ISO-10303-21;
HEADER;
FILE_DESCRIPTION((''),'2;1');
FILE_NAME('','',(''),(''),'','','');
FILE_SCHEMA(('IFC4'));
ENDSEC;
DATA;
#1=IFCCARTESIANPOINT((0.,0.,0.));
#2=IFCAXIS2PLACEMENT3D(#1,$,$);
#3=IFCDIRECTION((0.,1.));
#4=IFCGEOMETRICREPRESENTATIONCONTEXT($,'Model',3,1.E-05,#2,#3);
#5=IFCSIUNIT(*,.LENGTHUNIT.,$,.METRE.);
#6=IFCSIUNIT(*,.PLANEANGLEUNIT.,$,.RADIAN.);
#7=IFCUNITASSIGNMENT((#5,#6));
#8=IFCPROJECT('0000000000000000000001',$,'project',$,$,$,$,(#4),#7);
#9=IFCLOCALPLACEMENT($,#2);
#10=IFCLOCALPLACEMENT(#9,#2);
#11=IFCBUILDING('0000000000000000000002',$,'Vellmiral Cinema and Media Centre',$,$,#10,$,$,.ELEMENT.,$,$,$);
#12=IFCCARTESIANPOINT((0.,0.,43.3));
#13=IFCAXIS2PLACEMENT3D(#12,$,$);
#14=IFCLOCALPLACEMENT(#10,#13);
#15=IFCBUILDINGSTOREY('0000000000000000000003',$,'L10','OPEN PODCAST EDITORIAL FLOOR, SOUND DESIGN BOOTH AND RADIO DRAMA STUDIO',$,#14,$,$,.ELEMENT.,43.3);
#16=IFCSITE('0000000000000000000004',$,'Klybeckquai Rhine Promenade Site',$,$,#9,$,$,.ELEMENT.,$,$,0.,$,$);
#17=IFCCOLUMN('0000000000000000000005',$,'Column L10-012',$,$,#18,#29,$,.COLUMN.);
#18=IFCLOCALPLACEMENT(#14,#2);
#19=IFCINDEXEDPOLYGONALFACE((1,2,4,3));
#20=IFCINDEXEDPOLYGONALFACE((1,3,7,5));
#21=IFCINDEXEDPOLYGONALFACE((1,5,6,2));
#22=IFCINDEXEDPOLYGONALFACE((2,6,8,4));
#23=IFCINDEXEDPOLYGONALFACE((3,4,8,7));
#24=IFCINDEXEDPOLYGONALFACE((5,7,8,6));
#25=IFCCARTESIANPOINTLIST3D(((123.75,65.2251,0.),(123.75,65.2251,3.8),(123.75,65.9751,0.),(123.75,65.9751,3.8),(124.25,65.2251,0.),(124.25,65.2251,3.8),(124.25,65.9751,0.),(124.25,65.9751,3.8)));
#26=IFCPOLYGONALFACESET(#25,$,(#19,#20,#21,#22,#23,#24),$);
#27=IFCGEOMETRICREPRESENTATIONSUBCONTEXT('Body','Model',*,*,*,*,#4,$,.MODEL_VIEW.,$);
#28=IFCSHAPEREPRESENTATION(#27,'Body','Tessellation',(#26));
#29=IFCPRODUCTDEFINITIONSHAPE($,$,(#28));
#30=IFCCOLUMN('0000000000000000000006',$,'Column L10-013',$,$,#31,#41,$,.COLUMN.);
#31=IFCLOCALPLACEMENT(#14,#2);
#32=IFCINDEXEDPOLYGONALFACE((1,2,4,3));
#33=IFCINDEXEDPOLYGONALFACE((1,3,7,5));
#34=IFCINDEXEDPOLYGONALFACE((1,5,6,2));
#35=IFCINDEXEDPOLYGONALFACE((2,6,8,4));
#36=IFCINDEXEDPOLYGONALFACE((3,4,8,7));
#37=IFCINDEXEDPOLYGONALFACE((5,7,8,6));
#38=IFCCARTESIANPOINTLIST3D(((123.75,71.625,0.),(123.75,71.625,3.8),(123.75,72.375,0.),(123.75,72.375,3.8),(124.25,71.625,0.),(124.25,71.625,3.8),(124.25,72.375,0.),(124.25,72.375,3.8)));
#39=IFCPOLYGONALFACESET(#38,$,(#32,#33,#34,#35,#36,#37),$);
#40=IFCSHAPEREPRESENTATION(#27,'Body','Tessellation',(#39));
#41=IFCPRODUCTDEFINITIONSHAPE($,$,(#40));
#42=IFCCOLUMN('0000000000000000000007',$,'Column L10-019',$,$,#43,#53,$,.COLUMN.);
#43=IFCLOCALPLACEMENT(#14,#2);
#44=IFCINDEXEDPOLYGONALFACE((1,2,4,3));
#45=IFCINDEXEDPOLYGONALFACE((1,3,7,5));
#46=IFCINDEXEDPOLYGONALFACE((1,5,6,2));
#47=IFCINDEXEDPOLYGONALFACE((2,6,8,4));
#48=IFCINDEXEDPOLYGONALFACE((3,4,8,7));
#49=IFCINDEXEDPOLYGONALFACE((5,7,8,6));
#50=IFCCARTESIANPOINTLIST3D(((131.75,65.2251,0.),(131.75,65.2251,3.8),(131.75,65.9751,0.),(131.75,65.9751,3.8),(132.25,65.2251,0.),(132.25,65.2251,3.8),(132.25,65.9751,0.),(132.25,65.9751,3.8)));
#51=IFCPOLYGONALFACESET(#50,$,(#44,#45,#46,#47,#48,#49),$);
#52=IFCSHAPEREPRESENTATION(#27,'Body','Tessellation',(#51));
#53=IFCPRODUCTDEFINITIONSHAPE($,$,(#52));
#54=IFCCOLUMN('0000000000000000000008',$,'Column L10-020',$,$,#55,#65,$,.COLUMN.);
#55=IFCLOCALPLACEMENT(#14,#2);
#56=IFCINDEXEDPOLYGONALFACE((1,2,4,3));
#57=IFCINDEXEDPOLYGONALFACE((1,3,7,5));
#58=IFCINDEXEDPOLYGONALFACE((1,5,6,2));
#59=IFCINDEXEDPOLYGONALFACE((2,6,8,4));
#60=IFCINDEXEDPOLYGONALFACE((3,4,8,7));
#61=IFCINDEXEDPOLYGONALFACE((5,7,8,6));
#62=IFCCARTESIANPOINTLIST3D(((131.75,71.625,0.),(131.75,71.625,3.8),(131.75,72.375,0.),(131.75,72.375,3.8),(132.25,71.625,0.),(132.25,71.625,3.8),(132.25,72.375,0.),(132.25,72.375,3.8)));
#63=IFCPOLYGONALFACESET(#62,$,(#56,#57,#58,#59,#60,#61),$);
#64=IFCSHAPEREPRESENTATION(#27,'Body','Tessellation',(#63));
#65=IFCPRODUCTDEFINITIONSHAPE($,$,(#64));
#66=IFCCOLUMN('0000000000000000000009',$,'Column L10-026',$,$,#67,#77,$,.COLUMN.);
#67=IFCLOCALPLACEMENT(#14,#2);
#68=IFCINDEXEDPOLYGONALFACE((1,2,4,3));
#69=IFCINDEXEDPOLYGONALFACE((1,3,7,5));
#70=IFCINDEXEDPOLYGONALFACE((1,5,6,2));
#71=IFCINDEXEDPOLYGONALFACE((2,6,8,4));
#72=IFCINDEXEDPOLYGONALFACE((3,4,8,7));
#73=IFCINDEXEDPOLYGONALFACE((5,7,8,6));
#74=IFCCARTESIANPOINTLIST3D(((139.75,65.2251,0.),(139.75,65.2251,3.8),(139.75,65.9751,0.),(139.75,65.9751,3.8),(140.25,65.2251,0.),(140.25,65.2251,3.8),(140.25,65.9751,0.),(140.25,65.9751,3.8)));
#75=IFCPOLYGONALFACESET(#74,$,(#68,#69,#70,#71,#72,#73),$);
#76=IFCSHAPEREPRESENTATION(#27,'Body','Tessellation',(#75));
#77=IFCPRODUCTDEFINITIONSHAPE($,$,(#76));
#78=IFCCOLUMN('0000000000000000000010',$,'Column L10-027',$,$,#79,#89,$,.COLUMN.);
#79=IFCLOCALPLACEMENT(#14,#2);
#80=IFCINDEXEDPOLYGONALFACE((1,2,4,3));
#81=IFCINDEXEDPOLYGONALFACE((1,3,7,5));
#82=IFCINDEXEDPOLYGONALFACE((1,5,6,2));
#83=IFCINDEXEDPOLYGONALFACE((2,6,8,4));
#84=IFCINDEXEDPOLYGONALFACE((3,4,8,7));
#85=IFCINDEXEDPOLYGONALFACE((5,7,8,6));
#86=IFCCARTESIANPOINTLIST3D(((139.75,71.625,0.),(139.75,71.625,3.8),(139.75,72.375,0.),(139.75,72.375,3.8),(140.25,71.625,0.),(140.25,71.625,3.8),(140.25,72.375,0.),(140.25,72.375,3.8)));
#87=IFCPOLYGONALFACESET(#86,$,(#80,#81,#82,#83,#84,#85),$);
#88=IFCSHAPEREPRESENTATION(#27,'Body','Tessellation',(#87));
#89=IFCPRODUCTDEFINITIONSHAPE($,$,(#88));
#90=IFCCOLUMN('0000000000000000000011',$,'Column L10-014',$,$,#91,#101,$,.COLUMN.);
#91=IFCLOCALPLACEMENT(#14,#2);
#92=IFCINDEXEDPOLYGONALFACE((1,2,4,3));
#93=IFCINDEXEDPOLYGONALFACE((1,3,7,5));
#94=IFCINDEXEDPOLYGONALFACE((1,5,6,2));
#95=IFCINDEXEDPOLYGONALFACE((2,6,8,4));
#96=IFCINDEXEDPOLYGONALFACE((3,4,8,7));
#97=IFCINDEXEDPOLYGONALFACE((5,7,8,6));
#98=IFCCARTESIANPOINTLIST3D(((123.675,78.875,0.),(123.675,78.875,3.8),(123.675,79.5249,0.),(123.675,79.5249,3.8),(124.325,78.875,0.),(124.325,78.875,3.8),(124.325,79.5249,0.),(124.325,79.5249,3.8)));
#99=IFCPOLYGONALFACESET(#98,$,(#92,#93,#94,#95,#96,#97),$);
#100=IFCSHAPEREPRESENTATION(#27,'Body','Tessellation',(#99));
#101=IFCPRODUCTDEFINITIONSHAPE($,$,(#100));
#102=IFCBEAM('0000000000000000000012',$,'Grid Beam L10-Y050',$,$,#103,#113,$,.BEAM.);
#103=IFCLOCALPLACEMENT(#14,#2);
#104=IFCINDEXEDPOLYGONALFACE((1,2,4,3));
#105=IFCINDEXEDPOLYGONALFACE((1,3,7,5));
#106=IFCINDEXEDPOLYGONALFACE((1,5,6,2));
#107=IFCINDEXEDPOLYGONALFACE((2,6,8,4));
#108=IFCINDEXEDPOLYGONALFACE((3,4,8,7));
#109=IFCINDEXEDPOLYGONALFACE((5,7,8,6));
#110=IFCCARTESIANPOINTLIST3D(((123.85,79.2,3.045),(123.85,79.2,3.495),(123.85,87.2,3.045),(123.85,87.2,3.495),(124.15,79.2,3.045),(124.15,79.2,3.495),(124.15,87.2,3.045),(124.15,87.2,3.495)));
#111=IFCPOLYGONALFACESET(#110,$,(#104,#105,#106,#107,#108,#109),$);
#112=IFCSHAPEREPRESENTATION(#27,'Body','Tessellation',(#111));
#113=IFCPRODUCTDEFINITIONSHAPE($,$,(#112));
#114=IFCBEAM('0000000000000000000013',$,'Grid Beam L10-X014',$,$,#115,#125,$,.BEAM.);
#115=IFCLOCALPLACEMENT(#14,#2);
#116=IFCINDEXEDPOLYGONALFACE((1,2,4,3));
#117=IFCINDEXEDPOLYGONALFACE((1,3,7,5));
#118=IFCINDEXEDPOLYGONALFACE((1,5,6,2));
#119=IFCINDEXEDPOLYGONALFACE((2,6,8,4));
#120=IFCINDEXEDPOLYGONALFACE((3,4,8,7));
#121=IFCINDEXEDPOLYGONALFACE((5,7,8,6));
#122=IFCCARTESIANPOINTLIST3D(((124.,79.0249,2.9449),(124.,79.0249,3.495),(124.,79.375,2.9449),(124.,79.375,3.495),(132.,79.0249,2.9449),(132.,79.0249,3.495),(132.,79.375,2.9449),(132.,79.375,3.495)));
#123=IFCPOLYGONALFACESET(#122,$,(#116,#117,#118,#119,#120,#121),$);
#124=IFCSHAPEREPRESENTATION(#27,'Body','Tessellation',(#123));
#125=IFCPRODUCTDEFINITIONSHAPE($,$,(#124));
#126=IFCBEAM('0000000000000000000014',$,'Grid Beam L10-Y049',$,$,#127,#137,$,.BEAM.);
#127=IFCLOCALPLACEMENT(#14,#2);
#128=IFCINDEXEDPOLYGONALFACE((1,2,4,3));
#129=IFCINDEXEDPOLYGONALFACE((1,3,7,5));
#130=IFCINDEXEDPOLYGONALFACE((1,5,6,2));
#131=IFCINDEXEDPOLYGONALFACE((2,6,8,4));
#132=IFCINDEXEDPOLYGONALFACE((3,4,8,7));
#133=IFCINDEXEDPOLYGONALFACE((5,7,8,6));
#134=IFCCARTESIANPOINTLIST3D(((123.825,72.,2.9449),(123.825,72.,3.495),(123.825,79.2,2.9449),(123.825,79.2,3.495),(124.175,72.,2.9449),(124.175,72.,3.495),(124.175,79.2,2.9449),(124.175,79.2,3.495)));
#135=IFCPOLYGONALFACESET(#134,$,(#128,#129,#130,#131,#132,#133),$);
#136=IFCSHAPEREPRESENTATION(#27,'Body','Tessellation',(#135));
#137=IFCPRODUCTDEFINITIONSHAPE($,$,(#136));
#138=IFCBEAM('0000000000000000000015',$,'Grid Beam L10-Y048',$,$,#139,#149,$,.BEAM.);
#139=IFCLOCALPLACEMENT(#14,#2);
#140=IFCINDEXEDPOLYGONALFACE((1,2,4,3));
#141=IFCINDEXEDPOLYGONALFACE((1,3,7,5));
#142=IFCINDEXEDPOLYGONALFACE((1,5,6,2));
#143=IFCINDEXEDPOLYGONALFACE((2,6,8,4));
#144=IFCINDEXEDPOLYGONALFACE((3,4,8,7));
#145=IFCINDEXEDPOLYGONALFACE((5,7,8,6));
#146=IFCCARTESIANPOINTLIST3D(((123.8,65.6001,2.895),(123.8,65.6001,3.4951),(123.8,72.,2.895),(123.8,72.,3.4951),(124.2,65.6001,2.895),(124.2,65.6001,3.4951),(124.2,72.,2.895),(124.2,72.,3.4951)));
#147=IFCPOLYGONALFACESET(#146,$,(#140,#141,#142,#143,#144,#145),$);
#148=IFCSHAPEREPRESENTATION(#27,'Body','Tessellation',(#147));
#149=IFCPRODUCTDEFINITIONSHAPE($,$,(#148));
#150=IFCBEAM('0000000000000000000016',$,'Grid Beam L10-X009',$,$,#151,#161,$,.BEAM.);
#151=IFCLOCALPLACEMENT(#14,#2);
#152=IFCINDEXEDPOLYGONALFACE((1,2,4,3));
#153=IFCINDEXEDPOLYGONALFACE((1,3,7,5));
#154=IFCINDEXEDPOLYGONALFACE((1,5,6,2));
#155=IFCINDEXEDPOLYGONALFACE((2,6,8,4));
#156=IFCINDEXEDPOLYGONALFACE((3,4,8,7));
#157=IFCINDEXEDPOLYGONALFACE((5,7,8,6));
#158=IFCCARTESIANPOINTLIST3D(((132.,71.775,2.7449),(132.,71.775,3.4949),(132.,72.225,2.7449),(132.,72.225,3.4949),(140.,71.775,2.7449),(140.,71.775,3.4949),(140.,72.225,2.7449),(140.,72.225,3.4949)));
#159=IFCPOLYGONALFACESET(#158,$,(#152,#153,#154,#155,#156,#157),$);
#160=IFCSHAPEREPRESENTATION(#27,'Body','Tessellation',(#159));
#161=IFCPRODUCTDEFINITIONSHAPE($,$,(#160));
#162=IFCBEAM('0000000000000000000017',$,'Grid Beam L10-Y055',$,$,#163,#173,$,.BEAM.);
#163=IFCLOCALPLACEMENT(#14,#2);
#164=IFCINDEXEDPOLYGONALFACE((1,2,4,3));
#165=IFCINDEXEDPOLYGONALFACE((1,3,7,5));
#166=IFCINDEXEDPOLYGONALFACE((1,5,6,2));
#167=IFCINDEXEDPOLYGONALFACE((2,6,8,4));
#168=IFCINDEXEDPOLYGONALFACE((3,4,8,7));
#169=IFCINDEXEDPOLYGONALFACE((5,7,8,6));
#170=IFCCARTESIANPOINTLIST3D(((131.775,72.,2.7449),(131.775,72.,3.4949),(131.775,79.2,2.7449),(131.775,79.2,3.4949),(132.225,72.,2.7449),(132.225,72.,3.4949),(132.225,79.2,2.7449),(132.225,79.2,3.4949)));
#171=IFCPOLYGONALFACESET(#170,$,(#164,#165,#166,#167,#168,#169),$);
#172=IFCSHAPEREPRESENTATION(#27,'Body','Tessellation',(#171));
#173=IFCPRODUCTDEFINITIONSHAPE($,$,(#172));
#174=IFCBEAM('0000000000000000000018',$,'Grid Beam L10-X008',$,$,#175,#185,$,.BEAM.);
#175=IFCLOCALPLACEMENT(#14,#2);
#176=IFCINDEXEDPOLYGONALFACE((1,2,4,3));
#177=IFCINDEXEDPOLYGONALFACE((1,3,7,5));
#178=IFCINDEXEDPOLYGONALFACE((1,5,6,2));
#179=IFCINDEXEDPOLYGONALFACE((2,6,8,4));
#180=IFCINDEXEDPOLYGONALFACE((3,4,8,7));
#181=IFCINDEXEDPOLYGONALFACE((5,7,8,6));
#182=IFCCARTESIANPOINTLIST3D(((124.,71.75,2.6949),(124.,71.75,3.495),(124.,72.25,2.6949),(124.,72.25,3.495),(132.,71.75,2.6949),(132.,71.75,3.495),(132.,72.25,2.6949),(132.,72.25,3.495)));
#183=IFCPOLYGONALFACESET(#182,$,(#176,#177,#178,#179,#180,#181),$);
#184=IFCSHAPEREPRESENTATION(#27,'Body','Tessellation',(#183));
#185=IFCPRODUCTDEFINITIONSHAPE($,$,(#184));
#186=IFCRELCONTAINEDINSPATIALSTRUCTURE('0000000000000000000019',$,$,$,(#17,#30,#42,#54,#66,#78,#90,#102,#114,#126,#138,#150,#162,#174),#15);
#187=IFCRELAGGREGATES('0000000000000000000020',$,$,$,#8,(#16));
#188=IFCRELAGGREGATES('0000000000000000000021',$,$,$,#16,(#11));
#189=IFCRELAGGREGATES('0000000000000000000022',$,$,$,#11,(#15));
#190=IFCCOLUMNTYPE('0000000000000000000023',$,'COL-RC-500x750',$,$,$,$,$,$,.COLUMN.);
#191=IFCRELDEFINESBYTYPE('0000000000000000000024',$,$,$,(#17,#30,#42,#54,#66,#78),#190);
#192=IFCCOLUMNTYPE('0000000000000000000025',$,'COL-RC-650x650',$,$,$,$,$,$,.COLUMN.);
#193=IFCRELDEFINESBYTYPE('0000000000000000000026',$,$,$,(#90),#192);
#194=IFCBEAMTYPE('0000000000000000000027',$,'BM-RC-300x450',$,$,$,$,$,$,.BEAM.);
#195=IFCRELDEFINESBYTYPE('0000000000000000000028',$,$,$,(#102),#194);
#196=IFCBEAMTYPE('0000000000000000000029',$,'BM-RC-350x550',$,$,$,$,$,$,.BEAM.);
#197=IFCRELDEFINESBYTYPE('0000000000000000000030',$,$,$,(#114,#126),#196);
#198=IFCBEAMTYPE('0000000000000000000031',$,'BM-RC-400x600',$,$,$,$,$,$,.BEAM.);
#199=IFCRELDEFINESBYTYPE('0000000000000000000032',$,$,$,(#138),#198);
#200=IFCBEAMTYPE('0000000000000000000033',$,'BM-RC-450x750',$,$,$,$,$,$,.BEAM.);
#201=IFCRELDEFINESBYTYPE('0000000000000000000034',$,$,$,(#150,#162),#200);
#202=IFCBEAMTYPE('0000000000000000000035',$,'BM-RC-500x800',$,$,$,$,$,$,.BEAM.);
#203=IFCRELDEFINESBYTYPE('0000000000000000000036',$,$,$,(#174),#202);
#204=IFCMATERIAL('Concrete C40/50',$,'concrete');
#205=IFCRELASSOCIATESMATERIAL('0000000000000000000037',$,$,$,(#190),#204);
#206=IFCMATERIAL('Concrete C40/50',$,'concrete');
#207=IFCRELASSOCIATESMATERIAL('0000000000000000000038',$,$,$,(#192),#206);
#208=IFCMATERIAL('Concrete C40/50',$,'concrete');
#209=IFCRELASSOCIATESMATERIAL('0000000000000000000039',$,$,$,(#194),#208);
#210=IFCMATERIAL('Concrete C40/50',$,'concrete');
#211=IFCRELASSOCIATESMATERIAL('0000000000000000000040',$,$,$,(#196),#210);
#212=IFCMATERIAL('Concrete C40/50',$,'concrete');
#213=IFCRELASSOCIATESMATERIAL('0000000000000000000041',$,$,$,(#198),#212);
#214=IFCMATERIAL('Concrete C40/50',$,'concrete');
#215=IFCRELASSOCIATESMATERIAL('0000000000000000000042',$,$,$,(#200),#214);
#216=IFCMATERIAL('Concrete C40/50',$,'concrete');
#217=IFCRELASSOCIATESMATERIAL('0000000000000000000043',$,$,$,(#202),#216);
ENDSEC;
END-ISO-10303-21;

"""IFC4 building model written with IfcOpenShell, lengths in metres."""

from ifc_helpers import new_model, si_unit, direction, frame, origin, origin_2d, place, context, subcontext, project, spatial, rectangle, extrude, material, material_profile, profile_set, type_object, element, save


model = new_model("IFC4")

# Units and contexts
model_context = context("Model", 3, precision=1e-05, world=origin(), true_north=direction((0.0, 1.0)))
body_context = subcontext(model_context, "Body", "Model", "MODEL_VIEW")
ifc_project = project(units=[si_unit("LENGTHUNIT", "METRE"), si_unit("PLANEANGLEUNIT", "RADIAN")], contexts=[model_context])

# Site, building, storey
site_placement = place(None, origin())
site = spatial("IfcSite", under=ifc_project, at=site_placement, Name="Klybeckquai Rhine Promenade Site", CompositionType="ELEMENT", RefElevation=0.0)
building_placement = place(site_placement, origin())
building = spatial("IfcBuilding", under=site, at=building_placement, Name="Vellmiral Cinema and Media Centre", CompositionType="ELEMENT")
storey_placement = place(building_placement, frame((0.0, 0.0, 43.3)))
storey = spatial("IfcBuildingStorey", under=building, at=storey_placement, Name="L10", Description="OPEN PODCAST EDITORIAL FLOOR, SOUND DESIGN BOOTH AND RADIO DRAMA STUDIO", CompositionType="ELEMENT", Elevation=43.3)

# Columns
ifc_material_1 = material(Name="Concrete C40/50", Category="concrete")
ifc_material_profile_1 = material_profile(ifc_material_1, rectangle(XDim=0.5, YDim=0.75, at=origin_2d()), Name="RC 500x750")
ifc_profile_set_1 = profile_set([ifc_material_profile_1], Name="Concrete C40/50")
column_type_1 = type_object("IfcColumnType", Name="COL-RC-500x750", PredefinedType="COLUMN", material=ifc_profile_set_1)
for number, where, z_axis, x_axis, name in (
    (1, (124.0, 65.6001, 0.0), (0.0, 0.0, 1.0), (1.0, 0.0, 0.0), "Column L10-012"),
    (2, (124.0, 72.0, 0.0), (0.0, 0.0, 1.0), (1.0, 0.0, 0.0), "Column L10-013"),
    (3, (132.0, 65.6001, 0.0), (0.0, 0.0, 1.0), (1.0, 0.0, 0.0), "Column L10-019"),
    (4, (132.0, 72.0, 0.0), (0.0, 0.0, 1.0), (1.0, 0.0, 0.0), "Column L10-020"),
    (5, (140.0, 65.6001, 0.0), (0.0, 0.0, 1.0), (1.0, 0.0, 0.0), "Column L10-026"),
    (6, (140.0, 72.0, 0.0), (0.0, 0.0, 1.0), (1.0, 0.0, 0.0), "Column L10-027"),
):
    element("IfcColumn", number, at=place(storey_placement, frame(where, z_axis=z_axis, x_axis=x_axis)), inside=storey, type_object=column_type_1, Name=name, PredefinedType="COLUMN", context=body_context, shape_type="SweptSolid", body=[
        extrude(rectangle(XDim=0.5, YDim=0.75, at=origin_2d()), origin(), (0.0, 0.0, 1.0), 3.8),
    ])
ifc_material_2 = material(Name="Concrete C40/50", Category="concrete")
ifc_material_profile_2 = material_profile(ifc_material_2, rectangle(XDim=0.6499, YDim=0.6499, at=origin_2d()), Name="RC 650x650")
ifc_profile_set_2 = profile_set([ifc_material_profile_2], Name="Concrete C40/50")
column_type_2 = type_object("IfcColumnType", Name="COL-RC-650x650", PredefinedType="COLUMN", material=ifc_profile_set_2)
column_placement = place(storey_placement, frame((124.0, 79.2, 0.0), z_axis=(0.0, 0.0, 1.0), x_axis=(1.0, 0.0, 0.0)))
element("IfcColumn", 7, at=column_placement, inside=storey, type_object=column_type_2, Name="Column L10-014", PredefinedType="COLUMN", context=body_context, shape_type="SweptSolid", body=[
    extrude(rectangle(XDim=0.6499, YDim=0.6499, at=origin_2d()), origin(), (0.0, 0.0, 1.0), 3.8),
])

# Beams
ifc_material_3 = material(Name="Concrete C40/50", Category="concrete")
ifc_material_profile_3 = material_profile(ifc_material_3, rectangle(XDim=0.3, YDim=0.45, at=origin_2d()), Name="RC 300x450")
ifc_profile_set_3 = profile_set([ifc_material_profile_3], Name="Concrete C40/50")
beam_type_1 = type_object("IfcBeamType", Name="BM-RC-300x450", PredefinedType="BEAM", material=ifc_profile_set_3)
beam_1_placement = place(storey_placement, frame((124.0, 79.2, 3.27), z_axis=(0.0, 1.0, 0.0), x_axis=(-1.0, 0.0, 0.0)))
element("IfcBeam", 8, at=beam_1_placement, inside=storey, type_object=beam_type_1, Name="Grid Beam L10-Y050", PredefinedType="BEAM", context=body_context, shape_type="SweptSolid", body=[
    extrude(rectangle(XDim=0.3, YDim=0.45, at=origin_2d()), origin(), (0.0, 0.0, 1.0), 8.0),
])
ifc_material_4 = material(Name="Concrete C40/50", Category="concrete")
ifc_material_profile_4 = material_profile(ifc_material_4, rectangle(XDim=0.3501, YDim=0.55, at=origin_2d()), Name="RC 350x550")
ifc_profile_set_4 = profile_set([ifc_material_profile_4], Name="Concrete C40/50")
beam_type_2 = type_object("IfcBeamType", Name="BM-RC-350x550", PredefinedType="BEAM", material=ifc_profile_set_4)
beam_2_placement = place(storey_placement, frame((124.0, 79.2, 3.22), z_axis=(1.0, 0.0, 0.0), x_axis=(0.0, 1.0, 0.0)))
element("IfcBeam", 9, at=beam_2_placement, inside=storey, type_object=beam_type_2, Name="Grid Beam L10-X014", PredefinedType="BEAM", context=body_context, shape_type="SweptSolid", body=[
    extrude(rectangle(XDim=0.3501, YDim=0.55, at=origin_2d()), origin(), (0.0, 0.0, 1.0), 8.0),
])
beam_3_placement = place(storey_placement, frame((124.0, 72.0, 3.22), z_axis=(0.0, 1.0, 0.0), x_axis=(-1.0, 0.0, 0.0)))
element("IfcBeam", 10, at=beam_3_placement, inside=storey, type_object=beam_type_2, Name="Grid Beam L10-Y049", PredefinedType="BEAM", context=body_context, shape_type="SweptSolid", body=[
    extrude(rectangle(XDim=0.3501, YDim=0.55, at=origin_2d()), origin(), (0.0, 0.0, 1.0), 7.2),
])
ifc_material_5 = material(Name="Concrete C40/50", Category="concrete")
ifc_material_profile_5 = material_profile(ifc_material_5, rectangle(XDim=0.3999, YDim=0.6001, at=origin_2d()), Name="RC 400x600")
ifc_profile_set_5 = profile_set([ifc_material_profile_5], Name="Concrete C40/50")
beam_type_3 = type_object("IfcBeamType", Name="BM-RC-400x600", PredefinedType="BEAM", material=ifc_profile_set_5)
beam_4_placement = place(storey_placement, frame((124.0, 65.6001, 3.1951), z_axis=(0.0, 1.0, 0.0), x_axis=(-1.0, 0.0, 0.0)))
element("IfcBeam", 11, at=beam_4_placement, inside=storey, type_object=beam_type_3, Name="Grid Beam L10-Y048", PredefinedType="BEAM", context=body_context, shape_type="SweptSolid", body=[
    extrude(rectangle(XDim=0.3999, YDim=0.6001, at=origin_2d()), origin(), (0.0, 0.0, 1.0), 6.3999),
])
ifc_material_6 = material(Name="Concrete C40/50", Category="concrete")
ifc_material_profile_6 = material_profile(ifc_material_6, rectangle(XDim=0.45, YDim=0.75, at=origin_2d()), Name="RC 450x750")
ifc_profile_set_6 = profile_set([ifc_material_profile_6], Name="Concrete C40/50")
beam_type_4 = type_object("IfcBeamType", Name="BM-RC-450x750", PredefinedType="BEAM", material=ifc_profile_set_6)
beam_5_placement = place(storey_placement, frame((132.0, 72.0, 3.1199), z_axis=(1.0, 0.0, 0.0), x_axis=(0.0, 1.0, 0.0)))
element("IfcBeam", 12, at=beam_5_placement, inside=storey, type_object=beam_type_4, Name="Grid Beam L10-X009", PredefinedType="BEAM", context=body_context, shape_type="SweptSolid", body=[
    extrude(rectangle(XDim=0.45, YDim=0.75, at=origin_2d()), origin(), (0.0, 0.0, 1.0), 8.0),
])
beam_6_placement = place(storey_placement, frame((132.0, 72.0, 3.1199), z_axis=(0.0, 1.0, 0.0), x_axis=(-1.0, 0.0, 0.0)))
element("IfcBeam", 13, at=beam_6_placement, inside=storey, type_object=beam_type_4, Name="Grid Beam L10-Y055", PredefinedType="BEAM", context=body_context, shape_type="SweptSolid", body=[
    extrude(rectangle(XDim=0.45, YDim=0.75, at=origin_2d()), origin(), (0.0, 0.0, 1.0), 7.2),
])
ifc_material_7 = material(Name="Concrete C40/50", Category="concrete")
ifc_material_profile_7 = material_profile(ifc_material_7, rectangle(XDim=0.5, YDim=0.8, at=origin_2d()), Name="RC 500x800")
ifc_profile_set_7 = profile_set([ifc_material_profile_7], Name="Concrete C40/50")
beam_type_5 = type_object("IfcBeamType", Name="BM-RC-500x800", PredefinedType="BEAM", material=ifc_profile_set_7)
beam_7_placement = place(storey_placement, frame((124.0, 72.0, 3.095), z_axis=(1.0, 0.0, 0.0), x_axis=(0.0, 1.0, 0.0)))
element("IfcBeam", 14, at=beam_7_placement, inside=storey, type_object=beam_type_5, Name="Grid Beam L10-X008", PredefinedType="BEAM", context=body_context, shape_type="SweptSolid", body=[
    extrude(rectangle(XDim=0.5, YDim=0.8, at=origin_2d()), origin(), (0.0, 0.0, 1.0), 8.0),
])

save(model, "model.ifc")
